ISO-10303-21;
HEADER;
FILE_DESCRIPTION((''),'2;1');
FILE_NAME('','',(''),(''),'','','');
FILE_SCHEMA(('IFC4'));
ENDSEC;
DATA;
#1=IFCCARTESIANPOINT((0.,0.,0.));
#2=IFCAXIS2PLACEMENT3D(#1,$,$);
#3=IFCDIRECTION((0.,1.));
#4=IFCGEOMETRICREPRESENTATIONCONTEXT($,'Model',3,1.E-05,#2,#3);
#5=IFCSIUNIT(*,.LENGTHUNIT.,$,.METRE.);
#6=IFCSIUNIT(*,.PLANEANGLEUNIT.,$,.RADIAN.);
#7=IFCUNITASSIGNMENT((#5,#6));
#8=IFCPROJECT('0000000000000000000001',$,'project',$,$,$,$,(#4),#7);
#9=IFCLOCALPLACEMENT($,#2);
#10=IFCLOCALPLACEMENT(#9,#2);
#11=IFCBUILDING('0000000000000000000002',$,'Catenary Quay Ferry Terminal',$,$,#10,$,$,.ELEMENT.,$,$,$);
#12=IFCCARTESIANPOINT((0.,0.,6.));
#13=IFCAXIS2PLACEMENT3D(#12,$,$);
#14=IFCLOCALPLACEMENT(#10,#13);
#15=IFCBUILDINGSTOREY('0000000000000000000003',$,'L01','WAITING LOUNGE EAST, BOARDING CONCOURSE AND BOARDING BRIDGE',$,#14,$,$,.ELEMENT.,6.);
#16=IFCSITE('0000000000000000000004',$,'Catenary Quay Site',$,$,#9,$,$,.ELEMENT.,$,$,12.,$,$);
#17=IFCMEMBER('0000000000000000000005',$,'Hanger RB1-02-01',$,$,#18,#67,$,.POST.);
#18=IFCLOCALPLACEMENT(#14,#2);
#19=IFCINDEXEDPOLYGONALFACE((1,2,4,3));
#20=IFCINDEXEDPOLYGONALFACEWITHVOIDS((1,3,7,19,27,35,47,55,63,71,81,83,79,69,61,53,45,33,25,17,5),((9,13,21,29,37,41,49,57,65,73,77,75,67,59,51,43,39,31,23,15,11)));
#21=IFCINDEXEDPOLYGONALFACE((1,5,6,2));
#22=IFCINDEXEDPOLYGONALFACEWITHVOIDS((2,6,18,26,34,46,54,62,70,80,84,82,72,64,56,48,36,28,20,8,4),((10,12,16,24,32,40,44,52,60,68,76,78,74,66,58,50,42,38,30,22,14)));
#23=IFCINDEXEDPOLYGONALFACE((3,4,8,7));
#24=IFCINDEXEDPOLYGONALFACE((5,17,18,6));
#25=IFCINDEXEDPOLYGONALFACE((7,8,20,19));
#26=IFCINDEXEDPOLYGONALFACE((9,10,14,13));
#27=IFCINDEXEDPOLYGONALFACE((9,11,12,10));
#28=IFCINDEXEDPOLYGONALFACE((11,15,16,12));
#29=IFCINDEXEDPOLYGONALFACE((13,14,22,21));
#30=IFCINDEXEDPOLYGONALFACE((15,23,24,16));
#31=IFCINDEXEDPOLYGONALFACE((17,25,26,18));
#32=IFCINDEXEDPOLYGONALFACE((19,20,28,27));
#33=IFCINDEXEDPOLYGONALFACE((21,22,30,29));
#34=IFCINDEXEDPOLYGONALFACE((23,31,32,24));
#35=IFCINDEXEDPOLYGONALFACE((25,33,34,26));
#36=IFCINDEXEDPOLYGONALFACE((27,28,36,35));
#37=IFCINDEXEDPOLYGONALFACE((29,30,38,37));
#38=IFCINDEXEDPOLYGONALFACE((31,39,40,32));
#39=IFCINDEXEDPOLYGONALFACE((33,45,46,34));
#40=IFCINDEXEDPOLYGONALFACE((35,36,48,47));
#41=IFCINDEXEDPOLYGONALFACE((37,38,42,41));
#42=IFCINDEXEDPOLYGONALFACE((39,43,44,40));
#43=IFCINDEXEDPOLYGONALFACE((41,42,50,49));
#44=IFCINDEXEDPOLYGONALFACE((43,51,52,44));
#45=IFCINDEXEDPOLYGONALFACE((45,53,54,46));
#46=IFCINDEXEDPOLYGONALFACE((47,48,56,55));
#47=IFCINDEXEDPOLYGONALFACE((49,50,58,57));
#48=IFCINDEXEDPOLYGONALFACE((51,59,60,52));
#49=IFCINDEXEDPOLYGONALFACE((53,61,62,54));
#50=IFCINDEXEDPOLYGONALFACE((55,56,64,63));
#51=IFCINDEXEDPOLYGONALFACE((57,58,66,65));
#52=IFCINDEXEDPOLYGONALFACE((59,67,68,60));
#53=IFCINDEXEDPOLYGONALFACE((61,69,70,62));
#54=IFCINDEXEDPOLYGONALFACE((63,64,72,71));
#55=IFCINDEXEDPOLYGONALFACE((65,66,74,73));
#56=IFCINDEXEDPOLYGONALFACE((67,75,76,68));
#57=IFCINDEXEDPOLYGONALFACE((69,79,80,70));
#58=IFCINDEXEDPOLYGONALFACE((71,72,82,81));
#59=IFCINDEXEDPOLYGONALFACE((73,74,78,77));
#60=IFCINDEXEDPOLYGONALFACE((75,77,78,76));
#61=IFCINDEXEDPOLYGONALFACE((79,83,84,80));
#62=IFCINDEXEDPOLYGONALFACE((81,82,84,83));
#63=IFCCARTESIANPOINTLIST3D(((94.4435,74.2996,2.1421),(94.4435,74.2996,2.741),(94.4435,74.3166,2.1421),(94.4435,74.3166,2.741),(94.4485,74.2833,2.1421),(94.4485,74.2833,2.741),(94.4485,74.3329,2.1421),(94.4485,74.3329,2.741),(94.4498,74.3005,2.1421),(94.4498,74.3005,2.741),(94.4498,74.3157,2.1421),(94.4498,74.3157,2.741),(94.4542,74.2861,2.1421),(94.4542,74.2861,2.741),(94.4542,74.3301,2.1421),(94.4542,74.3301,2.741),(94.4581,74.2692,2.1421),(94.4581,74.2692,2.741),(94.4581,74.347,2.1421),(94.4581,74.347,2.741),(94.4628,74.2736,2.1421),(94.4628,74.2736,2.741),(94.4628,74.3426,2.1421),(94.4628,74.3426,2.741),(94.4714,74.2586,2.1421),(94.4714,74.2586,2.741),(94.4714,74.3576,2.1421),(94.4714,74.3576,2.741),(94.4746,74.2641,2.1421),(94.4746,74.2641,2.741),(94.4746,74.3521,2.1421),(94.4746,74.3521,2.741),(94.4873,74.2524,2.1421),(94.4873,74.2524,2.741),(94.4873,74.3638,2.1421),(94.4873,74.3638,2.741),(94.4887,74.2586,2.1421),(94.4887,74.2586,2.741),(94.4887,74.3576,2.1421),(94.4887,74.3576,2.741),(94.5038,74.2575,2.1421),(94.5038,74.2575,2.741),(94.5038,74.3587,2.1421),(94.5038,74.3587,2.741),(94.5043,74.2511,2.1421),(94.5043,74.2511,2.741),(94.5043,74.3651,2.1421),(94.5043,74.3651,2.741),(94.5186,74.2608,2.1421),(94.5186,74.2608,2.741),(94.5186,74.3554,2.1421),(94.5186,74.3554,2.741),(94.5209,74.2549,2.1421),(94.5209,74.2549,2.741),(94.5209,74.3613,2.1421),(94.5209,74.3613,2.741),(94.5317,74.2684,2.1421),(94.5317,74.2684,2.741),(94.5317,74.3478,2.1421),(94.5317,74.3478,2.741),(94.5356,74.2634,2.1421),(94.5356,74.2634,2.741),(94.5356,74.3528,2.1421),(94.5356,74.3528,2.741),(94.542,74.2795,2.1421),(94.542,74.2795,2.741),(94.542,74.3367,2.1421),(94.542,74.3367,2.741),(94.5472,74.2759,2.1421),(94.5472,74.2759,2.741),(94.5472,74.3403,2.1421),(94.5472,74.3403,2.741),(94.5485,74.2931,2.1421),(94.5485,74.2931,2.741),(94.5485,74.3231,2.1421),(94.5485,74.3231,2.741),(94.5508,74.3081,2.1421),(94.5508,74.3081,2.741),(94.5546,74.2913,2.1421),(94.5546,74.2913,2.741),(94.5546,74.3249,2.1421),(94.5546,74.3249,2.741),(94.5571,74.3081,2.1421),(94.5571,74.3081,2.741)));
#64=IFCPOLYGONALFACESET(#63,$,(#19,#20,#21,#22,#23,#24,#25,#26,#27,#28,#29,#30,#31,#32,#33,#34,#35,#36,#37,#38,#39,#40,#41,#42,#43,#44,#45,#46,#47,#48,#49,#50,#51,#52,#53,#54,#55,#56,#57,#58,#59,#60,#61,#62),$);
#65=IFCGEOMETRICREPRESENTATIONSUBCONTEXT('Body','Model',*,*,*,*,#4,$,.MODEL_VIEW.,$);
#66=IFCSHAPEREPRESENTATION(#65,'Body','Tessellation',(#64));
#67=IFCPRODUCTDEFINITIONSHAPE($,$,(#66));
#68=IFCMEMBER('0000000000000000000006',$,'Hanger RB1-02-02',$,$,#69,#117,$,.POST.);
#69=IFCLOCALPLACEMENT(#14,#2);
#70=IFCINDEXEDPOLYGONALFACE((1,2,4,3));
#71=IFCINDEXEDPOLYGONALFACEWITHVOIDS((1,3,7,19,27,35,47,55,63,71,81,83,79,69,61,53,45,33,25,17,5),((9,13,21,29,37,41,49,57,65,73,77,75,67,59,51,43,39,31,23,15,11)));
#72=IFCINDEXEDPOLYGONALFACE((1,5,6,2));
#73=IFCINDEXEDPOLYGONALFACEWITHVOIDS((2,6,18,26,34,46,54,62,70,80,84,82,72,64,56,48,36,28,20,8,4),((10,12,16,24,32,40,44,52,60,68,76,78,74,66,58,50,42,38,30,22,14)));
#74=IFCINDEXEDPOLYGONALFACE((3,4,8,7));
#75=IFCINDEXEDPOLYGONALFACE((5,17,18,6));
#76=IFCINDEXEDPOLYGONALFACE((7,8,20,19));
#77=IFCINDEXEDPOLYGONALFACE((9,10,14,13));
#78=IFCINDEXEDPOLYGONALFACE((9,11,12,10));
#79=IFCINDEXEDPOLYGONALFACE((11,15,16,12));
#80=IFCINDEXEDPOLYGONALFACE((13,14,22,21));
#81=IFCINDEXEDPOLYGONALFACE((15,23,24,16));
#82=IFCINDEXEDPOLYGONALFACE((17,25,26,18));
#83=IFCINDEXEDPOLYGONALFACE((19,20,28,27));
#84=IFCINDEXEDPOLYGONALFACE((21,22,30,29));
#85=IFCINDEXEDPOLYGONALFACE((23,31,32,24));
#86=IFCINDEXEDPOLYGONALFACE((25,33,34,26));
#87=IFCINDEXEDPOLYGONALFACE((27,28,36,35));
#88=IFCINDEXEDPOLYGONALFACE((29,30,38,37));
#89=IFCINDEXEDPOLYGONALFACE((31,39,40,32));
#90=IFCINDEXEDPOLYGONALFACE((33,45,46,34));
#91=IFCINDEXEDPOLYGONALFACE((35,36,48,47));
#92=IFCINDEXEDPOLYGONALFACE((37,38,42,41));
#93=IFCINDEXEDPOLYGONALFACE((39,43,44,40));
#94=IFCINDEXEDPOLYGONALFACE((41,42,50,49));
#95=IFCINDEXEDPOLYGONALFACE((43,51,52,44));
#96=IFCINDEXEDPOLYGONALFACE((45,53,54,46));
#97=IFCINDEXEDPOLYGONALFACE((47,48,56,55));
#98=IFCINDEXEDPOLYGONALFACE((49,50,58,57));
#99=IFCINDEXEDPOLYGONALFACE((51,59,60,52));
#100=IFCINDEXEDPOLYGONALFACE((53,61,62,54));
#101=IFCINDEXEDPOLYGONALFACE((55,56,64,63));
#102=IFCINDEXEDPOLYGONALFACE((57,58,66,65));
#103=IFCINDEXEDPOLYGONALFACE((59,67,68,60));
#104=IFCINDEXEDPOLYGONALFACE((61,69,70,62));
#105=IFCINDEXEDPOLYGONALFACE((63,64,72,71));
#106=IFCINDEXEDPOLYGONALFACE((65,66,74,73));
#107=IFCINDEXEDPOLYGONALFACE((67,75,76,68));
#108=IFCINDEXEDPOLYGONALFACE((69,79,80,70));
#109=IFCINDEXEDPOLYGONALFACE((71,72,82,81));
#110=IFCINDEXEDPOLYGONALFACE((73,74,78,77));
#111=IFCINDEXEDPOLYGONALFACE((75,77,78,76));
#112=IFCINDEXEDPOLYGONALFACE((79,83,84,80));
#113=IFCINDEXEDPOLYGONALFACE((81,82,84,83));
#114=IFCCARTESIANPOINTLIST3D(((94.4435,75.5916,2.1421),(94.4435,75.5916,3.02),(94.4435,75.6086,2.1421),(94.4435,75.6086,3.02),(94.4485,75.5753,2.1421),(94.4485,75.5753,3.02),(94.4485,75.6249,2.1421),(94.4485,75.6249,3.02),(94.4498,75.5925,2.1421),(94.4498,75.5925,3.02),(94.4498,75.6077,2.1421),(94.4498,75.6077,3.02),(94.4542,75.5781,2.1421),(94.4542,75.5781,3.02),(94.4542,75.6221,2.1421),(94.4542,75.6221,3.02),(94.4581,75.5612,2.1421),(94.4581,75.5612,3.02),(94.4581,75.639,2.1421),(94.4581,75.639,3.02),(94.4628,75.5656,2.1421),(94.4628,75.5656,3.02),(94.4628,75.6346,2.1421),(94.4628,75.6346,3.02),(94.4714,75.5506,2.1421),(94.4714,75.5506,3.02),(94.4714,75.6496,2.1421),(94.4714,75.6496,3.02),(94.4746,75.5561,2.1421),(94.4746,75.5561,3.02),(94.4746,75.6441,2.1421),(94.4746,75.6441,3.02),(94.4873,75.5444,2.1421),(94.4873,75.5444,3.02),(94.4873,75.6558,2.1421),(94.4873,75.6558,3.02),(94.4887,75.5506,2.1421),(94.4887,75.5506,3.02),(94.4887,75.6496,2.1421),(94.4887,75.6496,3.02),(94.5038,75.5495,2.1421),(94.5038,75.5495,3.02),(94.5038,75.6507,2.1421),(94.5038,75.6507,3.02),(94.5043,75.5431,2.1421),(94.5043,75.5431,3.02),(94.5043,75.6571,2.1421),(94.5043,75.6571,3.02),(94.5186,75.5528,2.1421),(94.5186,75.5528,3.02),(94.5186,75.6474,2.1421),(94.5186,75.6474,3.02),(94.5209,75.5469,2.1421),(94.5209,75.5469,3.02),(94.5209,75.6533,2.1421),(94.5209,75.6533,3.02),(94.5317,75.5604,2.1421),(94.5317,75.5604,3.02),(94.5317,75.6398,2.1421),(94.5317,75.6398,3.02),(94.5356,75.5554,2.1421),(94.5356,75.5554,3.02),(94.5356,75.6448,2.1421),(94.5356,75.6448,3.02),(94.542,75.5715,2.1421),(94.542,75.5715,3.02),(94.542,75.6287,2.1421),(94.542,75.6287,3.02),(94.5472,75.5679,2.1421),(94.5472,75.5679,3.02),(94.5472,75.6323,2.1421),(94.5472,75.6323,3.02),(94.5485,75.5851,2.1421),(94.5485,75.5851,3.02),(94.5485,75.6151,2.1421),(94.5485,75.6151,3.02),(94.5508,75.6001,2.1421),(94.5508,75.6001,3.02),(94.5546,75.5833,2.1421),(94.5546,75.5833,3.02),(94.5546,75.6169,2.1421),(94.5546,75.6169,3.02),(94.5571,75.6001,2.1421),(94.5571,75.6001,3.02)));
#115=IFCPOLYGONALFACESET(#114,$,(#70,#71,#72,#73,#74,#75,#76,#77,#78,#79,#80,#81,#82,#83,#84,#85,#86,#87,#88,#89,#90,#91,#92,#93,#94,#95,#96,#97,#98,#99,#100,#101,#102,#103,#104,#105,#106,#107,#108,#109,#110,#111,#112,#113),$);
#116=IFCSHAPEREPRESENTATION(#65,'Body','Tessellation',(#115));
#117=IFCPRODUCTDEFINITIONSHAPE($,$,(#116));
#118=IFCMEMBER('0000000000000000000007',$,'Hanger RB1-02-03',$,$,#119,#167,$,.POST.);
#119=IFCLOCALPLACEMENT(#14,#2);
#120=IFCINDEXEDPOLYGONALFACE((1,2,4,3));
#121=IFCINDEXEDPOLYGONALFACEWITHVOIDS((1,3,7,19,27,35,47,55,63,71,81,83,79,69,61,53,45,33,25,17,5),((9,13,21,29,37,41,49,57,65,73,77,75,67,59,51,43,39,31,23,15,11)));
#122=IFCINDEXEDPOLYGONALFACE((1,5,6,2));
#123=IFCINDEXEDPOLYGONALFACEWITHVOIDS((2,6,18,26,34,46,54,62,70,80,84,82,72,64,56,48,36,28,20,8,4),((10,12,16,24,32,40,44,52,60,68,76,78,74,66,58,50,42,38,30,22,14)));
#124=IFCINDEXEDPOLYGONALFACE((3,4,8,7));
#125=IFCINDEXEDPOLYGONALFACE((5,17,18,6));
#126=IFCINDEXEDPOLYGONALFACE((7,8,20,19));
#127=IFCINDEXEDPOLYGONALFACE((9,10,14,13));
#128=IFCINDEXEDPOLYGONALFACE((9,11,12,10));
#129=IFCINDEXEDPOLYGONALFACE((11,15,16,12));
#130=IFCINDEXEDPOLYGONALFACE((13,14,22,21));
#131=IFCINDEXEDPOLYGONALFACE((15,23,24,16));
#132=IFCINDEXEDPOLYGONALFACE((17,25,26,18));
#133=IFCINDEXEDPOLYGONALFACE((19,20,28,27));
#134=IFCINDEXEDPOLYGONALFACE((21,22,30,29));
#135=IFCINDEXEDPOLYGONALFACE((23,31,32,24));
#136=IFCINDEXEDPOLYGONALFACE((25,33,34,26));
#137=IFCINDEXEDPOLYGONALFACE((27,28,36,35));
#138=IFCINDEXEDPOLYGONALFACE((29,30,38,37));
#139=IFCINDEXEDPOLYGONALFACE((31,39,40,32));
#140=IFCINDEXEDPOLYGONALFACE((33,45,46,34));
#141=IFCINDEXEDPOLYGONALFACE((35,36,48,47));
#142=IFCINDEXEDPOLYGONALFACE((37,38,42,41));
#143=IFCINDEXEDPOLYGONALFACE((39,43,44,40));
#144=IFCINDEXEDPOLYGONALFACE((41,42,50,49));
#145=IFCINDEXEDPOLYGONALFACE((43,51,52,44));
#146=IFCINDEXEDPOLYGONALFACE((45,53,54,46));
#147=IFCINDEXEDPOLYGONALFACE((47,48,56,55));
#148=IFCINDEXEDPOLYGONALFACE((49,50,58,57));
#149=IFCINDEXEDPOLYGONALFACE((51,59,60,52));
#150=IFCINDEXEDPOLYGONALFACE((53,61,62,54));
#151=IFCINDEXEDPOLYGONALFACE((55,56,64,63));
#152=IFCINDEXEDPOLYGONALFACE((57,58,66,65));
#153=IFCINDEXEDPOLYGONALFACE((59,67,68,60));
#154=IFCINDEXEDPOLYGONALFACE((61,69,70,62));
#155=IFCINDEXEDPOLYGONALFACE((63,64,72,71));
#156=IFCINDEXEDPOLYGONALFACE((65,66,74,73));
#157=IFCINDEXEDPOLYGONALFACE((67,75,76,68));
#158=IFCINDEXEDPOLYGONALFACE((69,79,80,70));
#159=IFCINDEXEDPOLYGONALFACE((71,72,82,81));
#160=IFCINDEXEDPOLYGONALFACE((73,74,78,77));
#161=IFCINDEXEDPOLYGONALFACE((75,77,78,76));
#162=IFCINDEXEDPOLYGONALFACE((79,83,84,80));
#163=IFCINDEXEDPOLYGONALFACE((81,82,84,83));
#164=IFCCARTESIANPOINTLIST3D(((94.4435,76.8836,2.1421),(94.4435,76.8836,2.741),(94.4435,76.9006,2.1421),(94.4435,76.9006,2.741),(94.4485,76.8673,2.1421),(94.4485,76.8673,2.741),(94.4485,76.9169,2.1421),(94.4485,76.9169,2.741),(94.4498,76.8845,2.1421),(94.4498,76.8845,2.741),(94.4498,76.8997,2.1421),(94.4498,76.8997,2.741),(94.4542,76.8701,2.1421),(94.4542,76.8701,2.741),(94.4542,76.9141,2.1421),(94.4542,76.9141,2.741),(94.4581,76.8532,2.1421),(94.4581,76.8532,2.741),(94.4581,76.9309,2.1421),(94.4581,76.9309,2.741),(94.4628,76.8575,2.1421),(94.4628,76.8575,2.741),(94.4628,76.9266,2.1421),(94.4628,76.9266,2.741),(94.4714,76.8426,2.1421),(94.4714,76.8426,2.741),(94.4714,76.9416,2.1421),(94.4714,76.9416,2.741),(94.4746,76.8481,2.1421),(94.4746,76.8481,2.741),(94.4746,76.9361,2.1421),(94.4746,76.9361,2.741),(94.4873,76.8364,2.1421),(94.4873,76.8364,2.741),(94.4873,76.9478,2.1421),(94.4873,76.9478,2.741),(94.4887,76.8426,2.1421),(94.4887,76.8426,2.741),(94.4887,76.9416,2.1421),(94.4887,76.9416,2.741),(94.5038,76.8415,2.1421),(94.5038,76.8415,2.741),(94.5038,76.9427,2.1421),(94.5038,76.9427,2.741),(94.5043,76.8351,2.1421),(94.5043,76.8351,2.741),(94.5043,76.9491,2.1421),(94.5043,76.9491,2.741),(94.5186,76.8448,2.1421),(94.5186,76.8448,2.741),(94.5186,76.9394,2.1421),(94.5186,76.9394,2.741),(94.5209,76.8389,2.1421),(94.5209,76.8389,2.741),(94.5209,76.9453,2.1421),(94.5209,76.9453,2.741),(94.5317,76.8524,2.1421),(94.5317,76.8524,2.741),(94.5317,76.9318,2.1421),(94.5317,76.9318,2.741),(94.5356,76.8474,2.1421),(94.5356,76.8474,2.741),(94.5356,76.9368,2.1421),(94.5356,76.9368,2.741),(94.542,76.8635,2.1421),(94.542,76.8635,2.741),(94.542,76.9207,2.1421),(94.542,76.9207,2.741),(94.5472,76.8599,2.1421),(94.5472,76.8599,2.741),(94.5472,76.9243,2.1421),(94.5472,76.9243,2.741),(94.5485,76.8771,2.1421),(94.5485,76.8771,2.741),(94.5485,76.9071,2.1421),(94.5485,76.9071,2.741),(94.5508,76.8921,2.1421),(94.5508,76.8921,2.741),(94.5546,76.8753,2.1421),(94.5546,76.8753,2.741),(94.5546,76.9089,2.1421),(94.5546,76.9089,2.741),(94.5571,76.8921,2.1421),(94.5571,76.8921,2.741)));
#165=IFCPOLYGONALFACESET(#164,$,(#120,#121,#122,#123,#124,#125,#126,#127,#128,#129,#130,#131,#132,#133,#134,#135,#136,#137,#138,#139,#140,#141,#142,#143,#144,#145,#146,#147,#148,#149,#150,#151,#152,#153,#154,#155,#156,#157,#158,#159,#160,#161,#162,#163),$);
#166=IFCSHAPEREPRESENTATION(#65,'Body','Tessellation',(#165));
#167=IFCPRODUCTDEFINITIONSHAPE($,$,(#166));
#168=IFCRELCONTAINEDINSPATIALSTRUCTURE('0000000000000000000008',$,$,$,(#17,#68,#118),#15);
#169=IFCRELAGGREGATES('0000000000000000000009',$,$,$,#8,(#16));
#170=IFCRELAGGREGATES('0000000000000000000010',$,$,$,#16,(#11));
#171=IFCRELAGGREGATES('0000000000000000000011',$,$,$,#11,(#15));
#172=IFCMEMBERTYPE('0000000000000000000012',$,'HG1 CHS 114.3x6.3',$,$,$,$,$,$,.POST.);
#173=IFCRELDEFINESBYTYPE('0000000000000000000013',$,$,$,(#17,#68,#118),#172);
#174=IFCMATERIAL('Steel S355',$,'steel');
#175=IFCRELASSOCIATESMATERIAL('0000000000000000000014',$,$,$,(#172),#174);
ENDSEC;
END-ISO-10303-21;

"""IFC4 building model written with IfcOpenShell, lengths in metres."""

from ifc_helpers import new_model, si_unit, direction, frame, origin, origin_2d, place, context, subcontext, project, spatial, hollow_circle, extrude, material, material_profile, profile_set, type_object, element, save


model = new_model("IFC4")

# Units and contexts
model_context = context("Model", 3, precision=1e-05, world=origin(), true_north=direction((0.0, 1.0)))
body_context = subcontext(model_context, "Body", "Model", "MODEL_VIEW")
ifc_project = project(units=[si_unit("LENGTHUNIT", "METRE"), si_unit("PLANEANGLEUNIT", "RADIAN")], contexts=[model_context])

# Site, building, storey
site_placement = place(None, origin())
site = spatial("IfcSite", under=ifc_project, at=site_placement, Name="Catenary Quay Site", CompositionType="ELEMENT", RefElevation=12.0)
building_placement = place(site_placement, origin())
building = spatial("IfcBuilding", under=site, at=building_placement, Name="Catenary Quay Ferry Terminal", CompositionType="ELEMENT")
storey_placement = place(building_placement, frame((0.0, 0.0, 6.0)))
storey = spatial("IfcBuildingStorey", under=building, at=storey_placement, Name="L01", Description="WAITING LOUNGE EAST, BOARDING CONCOURSE AND BOARDING BRIDGE", CompositionType="ELEMENT", Elevation=6.0)

# Members
ifc_material_1 = material(Name="Steel S355", Category="steel")
ifc_material_profile_1 = material_profile(ifc_material_1, hollow_circle(Radius=0.0571, WallThickness=0.0063, at=origin_2d()), Name="CHS 114.3x6.3")
ifc_profile_set_1 = profile_set([ifc_material_profile_1], Name="Steel S355")
member_type_1 = type_object("IfcMemberType", Name="HG1 CHS 114.3x6.3", PredefinedType="POST", material=ifc_profile_set_1)
member_1_placement = place(storey_placement, frame((94.5, 74.3081, 2.1421), z_axis=(0.0, 0.0, 1.0), x_axis=(1.0, 0.0, 0.0)))
element("IfcMember", 1, at=member_1_placement, inside=storey, type_object=member_type_1, Name="Hanger RB1-02-01", PredefinedType="POST", context=body_context, shape_type="SweptSolid", body=[
    extrude(hollow_circle(Radius=0.0571, WallThickness=0.0063, at=origin_2d()), origin(), (0.0, 0.0, 1.0), 0.5989),
])
member_2_placement = place(storey_placement, frame((94.5, 75.6001, 2.1421), z_axis=(0.0, 0.0, 1.0), x_axis=(1.0, 0.0, 0.0)))
element("IfcMember", 2, at=member_2_placement, inside=storey, type_object=member_type_1, Name="Hanger RB1-02-02", PredefinedType="POST", context=body_context, shape_type="SweptSolid", body=[
    extrude(hollow_circle(Radius=0.0571, WallThickness=0.0063, at=origin_2d()), origin(), (0.0, 0.0, 1.0), 0.8779),
])
for number, where, z_axis, x_axis, name in (
    (3, (94.5, 76.8921, 2.1421), (0.0, 0.0, 1.0), (1.0, 0.0, 0.0), "Hanger RB1-02-03"),
):
    element("IfcMember", number, at=place(storey_placement, frame(where, z_axis=z_axis, x_axis=x_axis)), inside=storey, type_object=member_type_1, Name=name, PredefinedType="POST", context=body_context, shape_type="SweptSolid", body=[
        extrude(hollow_circle(Radius=0.0571, WallThickness=0.0063, at=origin_2d()), origin(), (0.0, 0.0, 1.0), 0.5989),
    ])

save(model, "model.ifc")
